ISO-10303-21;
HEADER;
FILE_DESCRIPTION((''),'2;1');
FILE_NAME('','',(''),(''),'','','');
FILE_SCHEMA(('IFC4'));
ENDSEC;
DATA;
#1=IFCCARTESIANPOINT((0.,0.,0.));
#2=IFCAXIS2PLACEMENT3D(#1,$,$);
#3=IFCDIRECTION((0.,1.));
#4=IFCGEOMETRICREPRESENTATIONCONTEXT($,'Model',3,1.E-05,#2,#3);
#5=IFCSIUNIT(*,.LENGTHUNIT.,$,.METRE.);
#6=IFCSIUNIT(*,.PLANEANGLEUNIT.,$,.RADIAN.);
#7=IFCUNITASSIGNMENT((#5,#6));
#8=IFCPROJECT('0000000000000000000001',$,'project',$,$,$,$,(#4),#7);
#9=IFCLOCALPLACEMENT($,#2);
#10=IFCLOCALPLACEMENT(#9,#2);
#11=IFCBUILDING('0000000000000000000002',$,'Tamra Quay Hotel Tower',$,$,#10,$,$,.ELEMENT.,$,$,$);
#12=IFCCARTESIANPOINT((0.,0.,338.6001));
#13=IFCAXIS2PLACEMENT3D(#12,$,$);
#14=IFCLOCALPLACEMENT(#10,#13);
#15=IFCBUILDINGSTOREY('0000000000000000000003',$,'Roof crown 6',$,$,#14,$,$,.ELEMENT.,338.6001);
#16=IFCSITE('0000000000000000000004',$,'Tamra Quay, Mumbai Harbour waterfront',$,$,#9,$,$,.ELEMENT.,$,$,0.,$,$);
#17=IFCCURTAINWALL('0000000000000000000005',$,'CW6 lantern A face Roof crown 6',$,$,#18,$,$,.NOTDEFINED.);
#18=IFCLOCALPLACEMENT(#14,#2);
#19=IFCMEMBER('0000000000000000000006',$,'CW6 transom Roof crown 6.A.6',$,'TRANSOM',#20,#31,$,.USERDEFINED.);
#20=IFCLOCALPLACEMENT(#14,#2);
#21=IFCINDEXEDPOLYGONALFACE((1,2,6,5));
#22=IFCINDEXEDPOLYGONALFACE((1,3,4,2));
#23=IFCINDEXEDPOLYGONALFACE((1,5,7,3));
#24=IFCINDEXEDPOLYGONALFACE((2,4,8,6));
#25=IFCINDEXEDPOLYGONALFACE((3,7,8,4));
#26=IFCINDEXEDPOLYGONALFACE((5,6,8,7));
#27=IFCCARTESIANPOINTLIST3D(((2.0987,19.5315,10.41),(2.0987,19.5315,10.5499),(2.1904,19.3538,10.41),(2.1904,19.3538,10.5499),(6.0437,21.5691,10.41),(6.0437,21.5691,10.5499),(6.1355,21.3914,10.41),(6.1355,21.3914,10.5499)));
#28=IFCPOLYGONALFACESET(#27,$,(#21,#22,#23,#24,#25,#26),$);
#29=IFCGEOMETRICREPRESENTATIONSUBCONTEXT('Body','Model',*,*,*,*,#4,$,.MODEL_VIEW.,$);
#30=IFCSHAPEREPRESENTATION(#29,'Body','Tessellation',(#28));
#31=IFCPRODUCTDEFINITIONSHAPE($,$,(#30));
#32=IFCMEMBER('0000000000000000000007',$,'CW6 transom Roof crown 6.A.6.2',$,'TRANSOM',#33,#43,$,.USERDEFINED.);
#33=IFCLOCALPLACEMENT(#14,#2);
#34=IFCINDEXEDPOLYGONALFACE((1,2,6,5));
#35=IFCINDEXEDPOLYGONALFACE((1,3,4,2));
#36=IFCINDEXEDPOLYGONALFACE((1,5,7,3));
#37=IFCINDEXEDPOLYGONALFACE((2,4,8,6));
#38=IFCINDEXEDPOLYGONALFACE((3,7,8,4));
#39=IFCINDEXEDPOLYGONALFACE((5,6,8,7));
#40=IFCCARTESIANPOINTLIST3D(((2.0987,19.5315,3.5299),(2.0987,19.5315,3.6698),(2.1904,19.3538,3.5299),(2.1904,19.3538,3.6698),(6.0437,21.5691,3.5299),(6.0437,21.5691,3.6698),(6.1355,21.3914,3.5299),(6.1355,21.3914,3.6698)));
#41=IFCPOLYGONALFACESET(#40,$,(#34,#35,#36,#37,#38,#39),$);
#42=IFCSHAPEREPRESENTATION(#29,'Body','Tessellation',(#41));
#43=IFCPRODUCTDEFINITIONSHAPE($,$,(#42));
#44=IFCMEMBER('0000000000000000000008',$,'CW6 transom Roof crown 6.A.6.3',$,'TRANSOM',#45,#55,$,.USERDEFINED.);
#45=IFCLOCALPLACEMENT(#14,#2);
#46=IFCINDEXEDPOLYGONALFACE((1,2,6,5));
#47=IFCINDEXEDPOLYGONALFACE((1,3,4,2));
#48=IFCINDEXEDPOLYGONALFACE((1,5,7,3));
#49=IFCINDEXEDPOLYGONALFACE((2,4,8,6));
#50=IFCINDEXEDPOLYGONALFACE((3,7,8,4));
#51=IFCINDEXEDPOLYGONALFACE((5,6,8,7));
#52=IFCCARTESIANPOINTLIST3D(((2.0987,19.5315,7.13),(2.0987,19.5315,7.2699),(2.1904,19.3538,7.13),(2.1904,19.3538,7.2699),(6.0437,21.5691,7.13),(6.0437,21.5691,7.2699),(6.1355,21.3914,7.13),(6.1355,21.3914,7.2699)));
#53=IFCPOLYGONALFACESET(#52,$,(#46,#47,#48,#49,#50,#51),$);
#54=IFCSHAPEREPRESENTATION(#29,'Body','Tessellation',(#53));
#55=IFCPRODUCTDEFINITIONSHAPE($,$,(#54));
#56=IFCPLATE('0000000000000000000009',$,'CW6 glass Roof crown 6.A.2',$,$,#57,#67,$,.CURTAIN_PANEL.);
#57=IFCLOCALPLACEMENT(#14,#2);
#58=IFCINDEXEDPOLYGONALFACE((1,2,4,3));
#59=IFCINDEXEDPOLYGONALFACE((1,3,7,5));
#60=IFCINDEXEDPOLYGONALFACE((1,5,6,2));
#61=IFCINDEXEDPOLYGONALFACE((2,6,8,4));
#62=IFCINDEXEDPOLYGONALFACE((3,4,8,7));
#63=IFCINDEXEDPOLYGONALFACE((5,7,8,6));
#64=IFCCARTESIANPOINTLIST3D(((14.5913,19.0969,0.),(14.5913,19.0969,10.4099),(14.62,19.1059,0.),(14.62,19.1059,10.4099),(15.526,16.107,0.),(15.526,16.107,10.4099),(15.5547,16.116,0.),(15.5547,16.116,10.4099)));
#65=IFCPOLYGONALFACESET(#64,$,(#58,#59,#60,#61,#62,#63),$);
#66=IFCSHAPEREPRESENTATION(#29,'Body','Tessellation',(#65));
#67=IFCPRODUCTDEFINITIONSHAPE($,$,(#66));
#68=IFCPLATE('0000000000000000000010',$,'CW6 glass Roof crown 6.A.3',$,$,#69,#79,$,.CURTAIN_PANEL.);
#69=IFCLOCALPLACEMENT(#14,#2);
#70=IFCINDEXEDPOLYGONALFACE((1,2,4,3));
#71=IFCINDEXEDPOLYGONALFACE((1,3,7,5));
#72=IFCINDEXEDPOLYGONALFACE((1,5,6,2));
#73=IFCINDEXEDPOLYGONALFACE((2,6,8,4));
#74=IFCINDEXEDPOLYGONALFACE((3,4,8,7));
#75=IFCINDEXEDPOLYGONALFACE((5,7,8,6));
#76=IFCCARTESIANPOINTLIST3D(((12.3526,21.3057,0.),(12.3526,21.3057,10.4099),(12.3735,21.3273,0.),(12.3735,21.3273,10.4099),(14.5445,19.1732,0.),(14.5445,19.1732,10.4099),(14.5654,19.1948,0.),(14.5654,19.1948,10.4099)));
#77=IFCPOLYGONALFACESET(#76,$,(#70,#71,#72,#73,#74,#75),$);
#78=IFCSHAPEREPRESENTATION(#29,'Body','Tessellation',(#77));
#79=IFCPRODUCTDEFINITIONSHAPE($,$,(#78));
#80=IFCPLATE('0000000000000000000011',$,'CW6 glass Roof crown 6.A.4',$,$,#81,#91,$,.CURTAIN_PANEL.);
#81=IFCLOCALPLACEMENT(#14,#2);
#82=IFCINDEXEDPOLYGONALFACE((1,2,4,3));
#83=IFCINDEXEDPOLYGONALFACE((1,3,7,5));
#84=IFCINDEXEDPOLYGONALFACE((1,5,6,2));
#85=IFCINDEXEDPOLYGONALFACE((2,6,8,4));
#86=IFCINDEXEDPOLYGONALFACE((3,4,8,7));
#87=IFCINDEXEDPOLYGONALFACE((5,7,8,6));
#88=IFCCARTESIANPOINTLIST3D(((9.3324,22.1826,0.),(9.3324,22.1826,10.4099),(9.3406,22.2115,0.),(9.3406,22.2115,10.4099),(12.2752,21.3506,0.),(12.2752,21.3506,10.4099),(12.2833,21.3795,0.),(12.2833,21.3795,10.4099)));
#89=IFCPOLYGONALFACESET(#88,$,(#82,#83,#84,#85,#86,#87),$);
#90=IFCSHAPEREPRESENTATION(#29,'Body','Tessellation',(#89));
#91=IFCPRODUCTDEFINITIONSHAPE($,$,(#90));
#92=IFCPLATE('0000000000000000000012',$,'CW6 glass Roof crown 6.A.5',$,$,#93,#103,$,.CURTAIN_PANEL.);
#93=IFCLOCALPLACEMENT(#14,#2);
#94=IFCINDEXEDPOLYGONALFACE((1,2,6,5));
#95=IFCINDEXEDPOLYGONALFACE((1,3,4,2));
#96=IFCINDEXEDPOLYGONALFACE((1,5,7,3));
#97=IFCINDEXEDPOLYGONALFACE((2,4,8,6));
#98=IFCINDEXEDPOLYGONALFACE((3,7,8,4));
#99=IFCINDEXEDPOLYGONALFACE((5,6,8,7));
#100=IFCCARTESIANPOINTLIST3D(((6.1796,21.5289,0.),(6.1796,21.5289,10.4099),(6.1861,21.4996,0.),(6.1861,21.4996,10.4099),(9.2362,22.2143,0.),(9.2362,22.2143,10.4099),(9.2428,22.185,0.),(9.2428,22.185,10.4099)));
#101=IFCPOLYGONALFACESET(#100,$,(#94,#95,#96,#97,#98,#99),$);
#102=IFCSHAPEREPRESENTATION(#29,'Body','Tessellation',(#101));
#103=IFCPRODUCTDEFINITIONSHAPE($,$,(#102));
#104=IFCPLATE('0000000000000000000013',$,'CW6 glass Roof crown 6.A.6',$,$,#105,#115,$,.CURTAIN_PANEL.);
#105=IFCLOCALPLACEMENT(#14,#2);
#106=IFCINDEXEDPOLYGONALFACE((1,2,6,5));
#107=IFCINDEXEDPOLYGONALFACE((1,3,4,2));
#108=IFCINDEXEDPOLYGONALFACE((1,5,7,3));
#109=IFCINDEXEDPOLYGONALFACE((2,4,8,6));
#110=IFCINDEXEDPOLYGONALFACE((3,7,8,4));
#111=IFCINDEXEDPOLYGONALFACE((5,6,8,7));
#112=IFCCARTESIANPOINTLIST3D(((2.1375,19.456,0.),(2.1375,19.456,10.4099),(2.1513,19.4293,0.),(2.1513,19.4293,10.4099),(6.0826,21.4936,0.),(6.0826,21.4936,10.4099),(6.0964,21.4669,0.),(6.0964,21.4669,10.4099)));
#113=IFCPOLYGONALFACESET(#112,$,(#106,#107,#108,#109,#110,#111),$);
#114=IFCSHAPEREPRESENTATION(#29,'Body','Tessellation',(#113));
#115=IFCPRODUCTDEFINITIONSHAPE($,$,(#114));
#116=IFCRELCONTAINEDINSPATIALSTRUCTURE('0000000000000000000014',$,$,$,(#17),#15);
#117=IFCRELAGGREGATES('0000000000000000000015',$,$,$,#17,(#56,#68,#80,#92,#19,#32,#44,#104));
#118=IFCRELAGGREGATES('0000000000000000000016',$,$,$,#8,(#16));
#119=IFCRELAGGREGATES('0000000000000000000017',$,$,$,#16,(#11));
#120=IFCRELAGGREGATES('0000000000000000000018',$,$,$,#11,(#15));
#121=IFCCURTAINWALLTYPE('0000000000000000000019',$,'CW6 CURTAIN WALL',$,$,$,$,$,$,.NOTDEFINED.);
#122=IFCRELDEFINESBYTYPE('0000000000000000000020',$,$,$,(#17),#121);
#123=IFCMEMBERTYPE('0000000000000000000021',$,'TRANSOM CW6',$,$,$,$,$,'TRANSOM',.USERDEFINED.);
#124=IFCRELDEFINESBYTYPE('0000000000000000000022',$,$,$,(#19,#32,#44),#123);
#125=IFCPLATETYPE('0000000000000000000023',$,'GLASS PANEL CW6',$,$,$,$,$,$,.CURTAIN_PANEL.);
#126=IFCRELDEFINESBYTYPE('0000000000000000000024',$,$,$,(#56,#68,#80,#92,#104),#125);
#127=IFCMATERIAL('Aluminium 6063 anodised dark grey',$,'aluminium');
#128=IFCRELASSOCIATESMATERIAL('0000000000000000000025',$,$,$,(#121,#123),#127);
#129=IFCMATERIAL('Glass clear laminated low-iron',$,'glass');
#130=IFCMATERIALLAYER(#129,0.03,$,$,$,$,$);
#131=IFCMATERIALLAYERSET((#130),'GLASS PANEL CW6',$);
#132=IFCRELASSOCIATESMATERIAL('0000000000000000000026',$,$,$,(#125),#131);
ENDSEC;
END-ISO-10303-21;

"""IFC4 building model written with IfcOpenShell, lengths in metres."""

from ifc_helpers import new_model, si_unit, direction, frame, origin, origin_2d, place, context, subcontext, project, spatial, rectangle, extrude, material, layer, layer_set, material_profile, profile_set, type_object, element, aggregate, save


model = new_model("IFC4")

# Units and contexts
model_context = context("Model", 3, precision=1e-05, world=origin(), true_north=direction((0.0, 1.0)))
body_context = subcontext(model_context, "Body", "Model", "MODEL_VIEW")
ifc_project = project(units=[si_unit("LENGTHUNIT", "METRE"), si_unit("PLANEANGLEUNIT", "RADIAN")], contexts=[model_context])

# Site, building, storey
site_placement = place(None, origin())
site = spatial("IfcSite", under=ifc_project, at=site_placement, Name="Tamra Quay, Mumbai Harbour waterfront", CompositionType="ELEMENT", RefElevation=0.0)
building_placement = place(site_placement, origin())
building = spatial("IfcBuilding", under=site, at=building_placement, Name="Tamra Quay Hotel Tower", CompositionType="ELEMENT")
storey_placement = place(building_placement, frame((0.0, 0.0, 338.6001)))
storey = spatial("IfcBuildingStorey", under=building, at=storey_placement, Name="Roof crown 6", CompositionType="ELEMENT", Elevation=338.6001)

# Curtain wall, members, plates
ifc_material_1 = material(Name="Aluminium 6063 anodised dark grey", Category="aluminium")
curtain_wall_type = type_object("IfcCurtainWallType", Name="CW6 CURTAIN WALL", PredefinedType="NOTDEFINED", material=ifc_material_1)
curtain_wall_placement = place(storey_placement, origin())
curtain_wall = element("IfcCurtainWall", 1, at=curtain_wall_placement, inside=storey, type_object=curtain_wall_type, Name="CW6 lantern A face Roof crown 6", PredefinedType="NOTDEFINED")
ifc_material_profile_1 = material_profile(ifc_material_1, rectangle(XDim=0.2, YDim=0.1399, at=origin_2d()), Name="TRANSOM 200X140")
ifc_profile_set_1 = profile_set([ifc_material_profile_1], Name="Aluminium 6063 anodised dark grey")
member_type_1 = type_object("IfcMemberType", Name="TRANSOM CW6", ElementType="TRANSOM", PredefinedType="USERDEFINED", material=ifc_profile_set_1)
member_1_placement = place(storey_placement, frame((6.0896, 21.4802, 10.48), z_axis=(-0.888489, -0.458898, 0.0), x_axis=(0.458898, -0.888489, 0.0)))
member_1 = element("IfcMember", 2, at=member_1_placement, type_object=member_type_1, Name="CW6 transom Roof crown 6.A.6", ObjectType="TRANSOM", PredefinedType="USERDEFINED", context=body_context, shape_type="SweptSolid", body=[
    extrude(rectangle(XDim=0.2, YDim=0.1399, at=origin_2d()), origin(), (0.0, 0.0, 1.0), 4.4402),
])
member_2_placement = place(storey_placement, frame((6.0896, 21.4802, 3.5999), z_axis=(-0.888489, -0.458898, 0.0), x_axis=(0.458898, -0.888489, 0.0)))
member_2 = element("IfcMember", 3, at=member_2_placement, type_object=member_type_1, Name="CW6 transom Roof crown 6.A.6.2", ObjectType="TRANSOM", PredefinedType="USERDEFINED", context=body_context, shape_type="SweptSolid", body=[
    extrude(rectangle(XDim=0.2, YDim=0.1399, at=origin_2d()), origin(), (0.0, 0.0, 1.0), 4.4402),
])
member_3_placement = place(storey_placement, frame((6.0896, 21.4802, 7.2), z_axis=(-0.888489, -0.458898, 0.0), x_axis=(0.458898, -0.888489, 0.0)))
member_3 = element("IfcMember", 4, at=member_3_placement, type_object=member_type_1, Name="CW6 transom Roof crown 6.A.6.3", ObjectType="TRANSOM", PredefinedType="USERDEFINED", context=body_context, shape_type="SweptSolid", body=[
    extrude(rectangle(XDim=0.2, YDim=0.1399, at=origin_2d()), origin(), (0.0, 0.0, 1.0), 4.4402),
])
ifc_material_2 = material(Name="Glass clear laminated low-iron", Category="glass")
ifc_layer = layer(ifc_material_2, 0.03)
ifc_layer_set = layer_set([ifc_layer], Name="GLASS PANEL CW6")
plate_type = type_object("IfcPlateType", Name="GLASS PANEL CW6", PredefinedType="CURTAIN_PANEL", material=ifc_layer_set)
plate_1_placement = place(storey_placement, frame((15.073, 17.6064, 0.0), z_axis=(0.0, 0.0, 1.0), x_axis=(-0.298392, 0.954443, 0.0)))
plate_1 = element("IfcPlate", 5, at=plate_1_placement, type_object=plate_type, Name="CW6 glass Roof crown 6.A.2", PredefinedType="CURTAIN_PANEL", context=body_context, shape_type="SweptSolid", body=[
    extrude(rectangle(XDim=3.1326, YDim=0.03, at=origin_2d()), origin(), (0.0, 0.0, 1.0), 10.4099),
])
plate_2_placement = place(storey_placement, frame((13.459, 20.2502, 0.0), z_axis=(0.0, 0.0, 1.0), x_axis=(-0.716753, 0.697327, 0.0)))
plate_2 = element("IfcPlate", 6, at=plate_2_placement, type_object=plate_type, Name="CW6 glass Roof crown 6.A.3", PredefinedType="CURTAIN_PANEL", context=body_context, shape_type="SweptSolid", body=[
    extrude(rectangle(XDim=3.0581, YDim=0.03, at=origin_2d()), origin(), (0.0, 0.0, 1.0), 10.4099),
])
plate_3_placement = place(storey_placement, frame((10.8079, 21.781, 0.0), z_axis=(0.0, 0.0, 1.0), x_axis=(-0.96228, 0.272062, 0.0)))
plate_3 = element("IfcPlate", 7, at=plate_3_placement, type_object=plate_type, Name="CW6 glass Roof crown 6.A.4", PredefinedType="CURTAIN_PANEL", context=body_context, shape_type="SweptSolid", body=[
    extrude(rectangle(XDim=3.0581, YDim=0.03, at=origin_2d()), origin(), (0.0, 0.0, 1.0), 10.4099),
])
plate_4_placement = place(storey_placement, frame((7.7112, 21.8569, 0.0), z_axis=(0.0, 0.0, 1.0), x_axis=(-0.975768, -0.218806, 0.0)))
plate_4 = element("IfcPlate", 8, at=plate_4_placement, type_object=plate_type, Name="CW6 glass Roof crown 6.A.5", PredefinedType="CURTAIN_PANEL", context=body_context, shape_type="SweptSolid", body=[
    extrude(rectangle(XDim=3.1326, YDim=0.03, at=origin_2d()), origin(), (0.0, 0.0, 1.0), 10.4099),
])
plate_5_placement = place(storey_placement, frame((4.1169, 20.4614, 0.0), z_axis=(0.0, 0.0, 1.0), x_axis=(-0.888486, -0.458903, 0.0)))
plate_5 = element("IfcPlate", 9, at=plate_5_placement, type_object=plate_type, Name="CW6 glass Roof crown 6.A.6", PredefinedType="CURTAIN_PANEL", context=body_context, shape_type="SweptSolid", body=[
    extrude(rectangle(XDim=4.4402, YDim=0.03, at=origin_2d()), origin(), (0.0, 0.0, 1.0), 10.4099),
])
aggregate(curtain_wall, [plate_1, plate_2, plate_3, plate_4, member_1, member_2, member_3, plate_5])

save(model, "model.ifc")
